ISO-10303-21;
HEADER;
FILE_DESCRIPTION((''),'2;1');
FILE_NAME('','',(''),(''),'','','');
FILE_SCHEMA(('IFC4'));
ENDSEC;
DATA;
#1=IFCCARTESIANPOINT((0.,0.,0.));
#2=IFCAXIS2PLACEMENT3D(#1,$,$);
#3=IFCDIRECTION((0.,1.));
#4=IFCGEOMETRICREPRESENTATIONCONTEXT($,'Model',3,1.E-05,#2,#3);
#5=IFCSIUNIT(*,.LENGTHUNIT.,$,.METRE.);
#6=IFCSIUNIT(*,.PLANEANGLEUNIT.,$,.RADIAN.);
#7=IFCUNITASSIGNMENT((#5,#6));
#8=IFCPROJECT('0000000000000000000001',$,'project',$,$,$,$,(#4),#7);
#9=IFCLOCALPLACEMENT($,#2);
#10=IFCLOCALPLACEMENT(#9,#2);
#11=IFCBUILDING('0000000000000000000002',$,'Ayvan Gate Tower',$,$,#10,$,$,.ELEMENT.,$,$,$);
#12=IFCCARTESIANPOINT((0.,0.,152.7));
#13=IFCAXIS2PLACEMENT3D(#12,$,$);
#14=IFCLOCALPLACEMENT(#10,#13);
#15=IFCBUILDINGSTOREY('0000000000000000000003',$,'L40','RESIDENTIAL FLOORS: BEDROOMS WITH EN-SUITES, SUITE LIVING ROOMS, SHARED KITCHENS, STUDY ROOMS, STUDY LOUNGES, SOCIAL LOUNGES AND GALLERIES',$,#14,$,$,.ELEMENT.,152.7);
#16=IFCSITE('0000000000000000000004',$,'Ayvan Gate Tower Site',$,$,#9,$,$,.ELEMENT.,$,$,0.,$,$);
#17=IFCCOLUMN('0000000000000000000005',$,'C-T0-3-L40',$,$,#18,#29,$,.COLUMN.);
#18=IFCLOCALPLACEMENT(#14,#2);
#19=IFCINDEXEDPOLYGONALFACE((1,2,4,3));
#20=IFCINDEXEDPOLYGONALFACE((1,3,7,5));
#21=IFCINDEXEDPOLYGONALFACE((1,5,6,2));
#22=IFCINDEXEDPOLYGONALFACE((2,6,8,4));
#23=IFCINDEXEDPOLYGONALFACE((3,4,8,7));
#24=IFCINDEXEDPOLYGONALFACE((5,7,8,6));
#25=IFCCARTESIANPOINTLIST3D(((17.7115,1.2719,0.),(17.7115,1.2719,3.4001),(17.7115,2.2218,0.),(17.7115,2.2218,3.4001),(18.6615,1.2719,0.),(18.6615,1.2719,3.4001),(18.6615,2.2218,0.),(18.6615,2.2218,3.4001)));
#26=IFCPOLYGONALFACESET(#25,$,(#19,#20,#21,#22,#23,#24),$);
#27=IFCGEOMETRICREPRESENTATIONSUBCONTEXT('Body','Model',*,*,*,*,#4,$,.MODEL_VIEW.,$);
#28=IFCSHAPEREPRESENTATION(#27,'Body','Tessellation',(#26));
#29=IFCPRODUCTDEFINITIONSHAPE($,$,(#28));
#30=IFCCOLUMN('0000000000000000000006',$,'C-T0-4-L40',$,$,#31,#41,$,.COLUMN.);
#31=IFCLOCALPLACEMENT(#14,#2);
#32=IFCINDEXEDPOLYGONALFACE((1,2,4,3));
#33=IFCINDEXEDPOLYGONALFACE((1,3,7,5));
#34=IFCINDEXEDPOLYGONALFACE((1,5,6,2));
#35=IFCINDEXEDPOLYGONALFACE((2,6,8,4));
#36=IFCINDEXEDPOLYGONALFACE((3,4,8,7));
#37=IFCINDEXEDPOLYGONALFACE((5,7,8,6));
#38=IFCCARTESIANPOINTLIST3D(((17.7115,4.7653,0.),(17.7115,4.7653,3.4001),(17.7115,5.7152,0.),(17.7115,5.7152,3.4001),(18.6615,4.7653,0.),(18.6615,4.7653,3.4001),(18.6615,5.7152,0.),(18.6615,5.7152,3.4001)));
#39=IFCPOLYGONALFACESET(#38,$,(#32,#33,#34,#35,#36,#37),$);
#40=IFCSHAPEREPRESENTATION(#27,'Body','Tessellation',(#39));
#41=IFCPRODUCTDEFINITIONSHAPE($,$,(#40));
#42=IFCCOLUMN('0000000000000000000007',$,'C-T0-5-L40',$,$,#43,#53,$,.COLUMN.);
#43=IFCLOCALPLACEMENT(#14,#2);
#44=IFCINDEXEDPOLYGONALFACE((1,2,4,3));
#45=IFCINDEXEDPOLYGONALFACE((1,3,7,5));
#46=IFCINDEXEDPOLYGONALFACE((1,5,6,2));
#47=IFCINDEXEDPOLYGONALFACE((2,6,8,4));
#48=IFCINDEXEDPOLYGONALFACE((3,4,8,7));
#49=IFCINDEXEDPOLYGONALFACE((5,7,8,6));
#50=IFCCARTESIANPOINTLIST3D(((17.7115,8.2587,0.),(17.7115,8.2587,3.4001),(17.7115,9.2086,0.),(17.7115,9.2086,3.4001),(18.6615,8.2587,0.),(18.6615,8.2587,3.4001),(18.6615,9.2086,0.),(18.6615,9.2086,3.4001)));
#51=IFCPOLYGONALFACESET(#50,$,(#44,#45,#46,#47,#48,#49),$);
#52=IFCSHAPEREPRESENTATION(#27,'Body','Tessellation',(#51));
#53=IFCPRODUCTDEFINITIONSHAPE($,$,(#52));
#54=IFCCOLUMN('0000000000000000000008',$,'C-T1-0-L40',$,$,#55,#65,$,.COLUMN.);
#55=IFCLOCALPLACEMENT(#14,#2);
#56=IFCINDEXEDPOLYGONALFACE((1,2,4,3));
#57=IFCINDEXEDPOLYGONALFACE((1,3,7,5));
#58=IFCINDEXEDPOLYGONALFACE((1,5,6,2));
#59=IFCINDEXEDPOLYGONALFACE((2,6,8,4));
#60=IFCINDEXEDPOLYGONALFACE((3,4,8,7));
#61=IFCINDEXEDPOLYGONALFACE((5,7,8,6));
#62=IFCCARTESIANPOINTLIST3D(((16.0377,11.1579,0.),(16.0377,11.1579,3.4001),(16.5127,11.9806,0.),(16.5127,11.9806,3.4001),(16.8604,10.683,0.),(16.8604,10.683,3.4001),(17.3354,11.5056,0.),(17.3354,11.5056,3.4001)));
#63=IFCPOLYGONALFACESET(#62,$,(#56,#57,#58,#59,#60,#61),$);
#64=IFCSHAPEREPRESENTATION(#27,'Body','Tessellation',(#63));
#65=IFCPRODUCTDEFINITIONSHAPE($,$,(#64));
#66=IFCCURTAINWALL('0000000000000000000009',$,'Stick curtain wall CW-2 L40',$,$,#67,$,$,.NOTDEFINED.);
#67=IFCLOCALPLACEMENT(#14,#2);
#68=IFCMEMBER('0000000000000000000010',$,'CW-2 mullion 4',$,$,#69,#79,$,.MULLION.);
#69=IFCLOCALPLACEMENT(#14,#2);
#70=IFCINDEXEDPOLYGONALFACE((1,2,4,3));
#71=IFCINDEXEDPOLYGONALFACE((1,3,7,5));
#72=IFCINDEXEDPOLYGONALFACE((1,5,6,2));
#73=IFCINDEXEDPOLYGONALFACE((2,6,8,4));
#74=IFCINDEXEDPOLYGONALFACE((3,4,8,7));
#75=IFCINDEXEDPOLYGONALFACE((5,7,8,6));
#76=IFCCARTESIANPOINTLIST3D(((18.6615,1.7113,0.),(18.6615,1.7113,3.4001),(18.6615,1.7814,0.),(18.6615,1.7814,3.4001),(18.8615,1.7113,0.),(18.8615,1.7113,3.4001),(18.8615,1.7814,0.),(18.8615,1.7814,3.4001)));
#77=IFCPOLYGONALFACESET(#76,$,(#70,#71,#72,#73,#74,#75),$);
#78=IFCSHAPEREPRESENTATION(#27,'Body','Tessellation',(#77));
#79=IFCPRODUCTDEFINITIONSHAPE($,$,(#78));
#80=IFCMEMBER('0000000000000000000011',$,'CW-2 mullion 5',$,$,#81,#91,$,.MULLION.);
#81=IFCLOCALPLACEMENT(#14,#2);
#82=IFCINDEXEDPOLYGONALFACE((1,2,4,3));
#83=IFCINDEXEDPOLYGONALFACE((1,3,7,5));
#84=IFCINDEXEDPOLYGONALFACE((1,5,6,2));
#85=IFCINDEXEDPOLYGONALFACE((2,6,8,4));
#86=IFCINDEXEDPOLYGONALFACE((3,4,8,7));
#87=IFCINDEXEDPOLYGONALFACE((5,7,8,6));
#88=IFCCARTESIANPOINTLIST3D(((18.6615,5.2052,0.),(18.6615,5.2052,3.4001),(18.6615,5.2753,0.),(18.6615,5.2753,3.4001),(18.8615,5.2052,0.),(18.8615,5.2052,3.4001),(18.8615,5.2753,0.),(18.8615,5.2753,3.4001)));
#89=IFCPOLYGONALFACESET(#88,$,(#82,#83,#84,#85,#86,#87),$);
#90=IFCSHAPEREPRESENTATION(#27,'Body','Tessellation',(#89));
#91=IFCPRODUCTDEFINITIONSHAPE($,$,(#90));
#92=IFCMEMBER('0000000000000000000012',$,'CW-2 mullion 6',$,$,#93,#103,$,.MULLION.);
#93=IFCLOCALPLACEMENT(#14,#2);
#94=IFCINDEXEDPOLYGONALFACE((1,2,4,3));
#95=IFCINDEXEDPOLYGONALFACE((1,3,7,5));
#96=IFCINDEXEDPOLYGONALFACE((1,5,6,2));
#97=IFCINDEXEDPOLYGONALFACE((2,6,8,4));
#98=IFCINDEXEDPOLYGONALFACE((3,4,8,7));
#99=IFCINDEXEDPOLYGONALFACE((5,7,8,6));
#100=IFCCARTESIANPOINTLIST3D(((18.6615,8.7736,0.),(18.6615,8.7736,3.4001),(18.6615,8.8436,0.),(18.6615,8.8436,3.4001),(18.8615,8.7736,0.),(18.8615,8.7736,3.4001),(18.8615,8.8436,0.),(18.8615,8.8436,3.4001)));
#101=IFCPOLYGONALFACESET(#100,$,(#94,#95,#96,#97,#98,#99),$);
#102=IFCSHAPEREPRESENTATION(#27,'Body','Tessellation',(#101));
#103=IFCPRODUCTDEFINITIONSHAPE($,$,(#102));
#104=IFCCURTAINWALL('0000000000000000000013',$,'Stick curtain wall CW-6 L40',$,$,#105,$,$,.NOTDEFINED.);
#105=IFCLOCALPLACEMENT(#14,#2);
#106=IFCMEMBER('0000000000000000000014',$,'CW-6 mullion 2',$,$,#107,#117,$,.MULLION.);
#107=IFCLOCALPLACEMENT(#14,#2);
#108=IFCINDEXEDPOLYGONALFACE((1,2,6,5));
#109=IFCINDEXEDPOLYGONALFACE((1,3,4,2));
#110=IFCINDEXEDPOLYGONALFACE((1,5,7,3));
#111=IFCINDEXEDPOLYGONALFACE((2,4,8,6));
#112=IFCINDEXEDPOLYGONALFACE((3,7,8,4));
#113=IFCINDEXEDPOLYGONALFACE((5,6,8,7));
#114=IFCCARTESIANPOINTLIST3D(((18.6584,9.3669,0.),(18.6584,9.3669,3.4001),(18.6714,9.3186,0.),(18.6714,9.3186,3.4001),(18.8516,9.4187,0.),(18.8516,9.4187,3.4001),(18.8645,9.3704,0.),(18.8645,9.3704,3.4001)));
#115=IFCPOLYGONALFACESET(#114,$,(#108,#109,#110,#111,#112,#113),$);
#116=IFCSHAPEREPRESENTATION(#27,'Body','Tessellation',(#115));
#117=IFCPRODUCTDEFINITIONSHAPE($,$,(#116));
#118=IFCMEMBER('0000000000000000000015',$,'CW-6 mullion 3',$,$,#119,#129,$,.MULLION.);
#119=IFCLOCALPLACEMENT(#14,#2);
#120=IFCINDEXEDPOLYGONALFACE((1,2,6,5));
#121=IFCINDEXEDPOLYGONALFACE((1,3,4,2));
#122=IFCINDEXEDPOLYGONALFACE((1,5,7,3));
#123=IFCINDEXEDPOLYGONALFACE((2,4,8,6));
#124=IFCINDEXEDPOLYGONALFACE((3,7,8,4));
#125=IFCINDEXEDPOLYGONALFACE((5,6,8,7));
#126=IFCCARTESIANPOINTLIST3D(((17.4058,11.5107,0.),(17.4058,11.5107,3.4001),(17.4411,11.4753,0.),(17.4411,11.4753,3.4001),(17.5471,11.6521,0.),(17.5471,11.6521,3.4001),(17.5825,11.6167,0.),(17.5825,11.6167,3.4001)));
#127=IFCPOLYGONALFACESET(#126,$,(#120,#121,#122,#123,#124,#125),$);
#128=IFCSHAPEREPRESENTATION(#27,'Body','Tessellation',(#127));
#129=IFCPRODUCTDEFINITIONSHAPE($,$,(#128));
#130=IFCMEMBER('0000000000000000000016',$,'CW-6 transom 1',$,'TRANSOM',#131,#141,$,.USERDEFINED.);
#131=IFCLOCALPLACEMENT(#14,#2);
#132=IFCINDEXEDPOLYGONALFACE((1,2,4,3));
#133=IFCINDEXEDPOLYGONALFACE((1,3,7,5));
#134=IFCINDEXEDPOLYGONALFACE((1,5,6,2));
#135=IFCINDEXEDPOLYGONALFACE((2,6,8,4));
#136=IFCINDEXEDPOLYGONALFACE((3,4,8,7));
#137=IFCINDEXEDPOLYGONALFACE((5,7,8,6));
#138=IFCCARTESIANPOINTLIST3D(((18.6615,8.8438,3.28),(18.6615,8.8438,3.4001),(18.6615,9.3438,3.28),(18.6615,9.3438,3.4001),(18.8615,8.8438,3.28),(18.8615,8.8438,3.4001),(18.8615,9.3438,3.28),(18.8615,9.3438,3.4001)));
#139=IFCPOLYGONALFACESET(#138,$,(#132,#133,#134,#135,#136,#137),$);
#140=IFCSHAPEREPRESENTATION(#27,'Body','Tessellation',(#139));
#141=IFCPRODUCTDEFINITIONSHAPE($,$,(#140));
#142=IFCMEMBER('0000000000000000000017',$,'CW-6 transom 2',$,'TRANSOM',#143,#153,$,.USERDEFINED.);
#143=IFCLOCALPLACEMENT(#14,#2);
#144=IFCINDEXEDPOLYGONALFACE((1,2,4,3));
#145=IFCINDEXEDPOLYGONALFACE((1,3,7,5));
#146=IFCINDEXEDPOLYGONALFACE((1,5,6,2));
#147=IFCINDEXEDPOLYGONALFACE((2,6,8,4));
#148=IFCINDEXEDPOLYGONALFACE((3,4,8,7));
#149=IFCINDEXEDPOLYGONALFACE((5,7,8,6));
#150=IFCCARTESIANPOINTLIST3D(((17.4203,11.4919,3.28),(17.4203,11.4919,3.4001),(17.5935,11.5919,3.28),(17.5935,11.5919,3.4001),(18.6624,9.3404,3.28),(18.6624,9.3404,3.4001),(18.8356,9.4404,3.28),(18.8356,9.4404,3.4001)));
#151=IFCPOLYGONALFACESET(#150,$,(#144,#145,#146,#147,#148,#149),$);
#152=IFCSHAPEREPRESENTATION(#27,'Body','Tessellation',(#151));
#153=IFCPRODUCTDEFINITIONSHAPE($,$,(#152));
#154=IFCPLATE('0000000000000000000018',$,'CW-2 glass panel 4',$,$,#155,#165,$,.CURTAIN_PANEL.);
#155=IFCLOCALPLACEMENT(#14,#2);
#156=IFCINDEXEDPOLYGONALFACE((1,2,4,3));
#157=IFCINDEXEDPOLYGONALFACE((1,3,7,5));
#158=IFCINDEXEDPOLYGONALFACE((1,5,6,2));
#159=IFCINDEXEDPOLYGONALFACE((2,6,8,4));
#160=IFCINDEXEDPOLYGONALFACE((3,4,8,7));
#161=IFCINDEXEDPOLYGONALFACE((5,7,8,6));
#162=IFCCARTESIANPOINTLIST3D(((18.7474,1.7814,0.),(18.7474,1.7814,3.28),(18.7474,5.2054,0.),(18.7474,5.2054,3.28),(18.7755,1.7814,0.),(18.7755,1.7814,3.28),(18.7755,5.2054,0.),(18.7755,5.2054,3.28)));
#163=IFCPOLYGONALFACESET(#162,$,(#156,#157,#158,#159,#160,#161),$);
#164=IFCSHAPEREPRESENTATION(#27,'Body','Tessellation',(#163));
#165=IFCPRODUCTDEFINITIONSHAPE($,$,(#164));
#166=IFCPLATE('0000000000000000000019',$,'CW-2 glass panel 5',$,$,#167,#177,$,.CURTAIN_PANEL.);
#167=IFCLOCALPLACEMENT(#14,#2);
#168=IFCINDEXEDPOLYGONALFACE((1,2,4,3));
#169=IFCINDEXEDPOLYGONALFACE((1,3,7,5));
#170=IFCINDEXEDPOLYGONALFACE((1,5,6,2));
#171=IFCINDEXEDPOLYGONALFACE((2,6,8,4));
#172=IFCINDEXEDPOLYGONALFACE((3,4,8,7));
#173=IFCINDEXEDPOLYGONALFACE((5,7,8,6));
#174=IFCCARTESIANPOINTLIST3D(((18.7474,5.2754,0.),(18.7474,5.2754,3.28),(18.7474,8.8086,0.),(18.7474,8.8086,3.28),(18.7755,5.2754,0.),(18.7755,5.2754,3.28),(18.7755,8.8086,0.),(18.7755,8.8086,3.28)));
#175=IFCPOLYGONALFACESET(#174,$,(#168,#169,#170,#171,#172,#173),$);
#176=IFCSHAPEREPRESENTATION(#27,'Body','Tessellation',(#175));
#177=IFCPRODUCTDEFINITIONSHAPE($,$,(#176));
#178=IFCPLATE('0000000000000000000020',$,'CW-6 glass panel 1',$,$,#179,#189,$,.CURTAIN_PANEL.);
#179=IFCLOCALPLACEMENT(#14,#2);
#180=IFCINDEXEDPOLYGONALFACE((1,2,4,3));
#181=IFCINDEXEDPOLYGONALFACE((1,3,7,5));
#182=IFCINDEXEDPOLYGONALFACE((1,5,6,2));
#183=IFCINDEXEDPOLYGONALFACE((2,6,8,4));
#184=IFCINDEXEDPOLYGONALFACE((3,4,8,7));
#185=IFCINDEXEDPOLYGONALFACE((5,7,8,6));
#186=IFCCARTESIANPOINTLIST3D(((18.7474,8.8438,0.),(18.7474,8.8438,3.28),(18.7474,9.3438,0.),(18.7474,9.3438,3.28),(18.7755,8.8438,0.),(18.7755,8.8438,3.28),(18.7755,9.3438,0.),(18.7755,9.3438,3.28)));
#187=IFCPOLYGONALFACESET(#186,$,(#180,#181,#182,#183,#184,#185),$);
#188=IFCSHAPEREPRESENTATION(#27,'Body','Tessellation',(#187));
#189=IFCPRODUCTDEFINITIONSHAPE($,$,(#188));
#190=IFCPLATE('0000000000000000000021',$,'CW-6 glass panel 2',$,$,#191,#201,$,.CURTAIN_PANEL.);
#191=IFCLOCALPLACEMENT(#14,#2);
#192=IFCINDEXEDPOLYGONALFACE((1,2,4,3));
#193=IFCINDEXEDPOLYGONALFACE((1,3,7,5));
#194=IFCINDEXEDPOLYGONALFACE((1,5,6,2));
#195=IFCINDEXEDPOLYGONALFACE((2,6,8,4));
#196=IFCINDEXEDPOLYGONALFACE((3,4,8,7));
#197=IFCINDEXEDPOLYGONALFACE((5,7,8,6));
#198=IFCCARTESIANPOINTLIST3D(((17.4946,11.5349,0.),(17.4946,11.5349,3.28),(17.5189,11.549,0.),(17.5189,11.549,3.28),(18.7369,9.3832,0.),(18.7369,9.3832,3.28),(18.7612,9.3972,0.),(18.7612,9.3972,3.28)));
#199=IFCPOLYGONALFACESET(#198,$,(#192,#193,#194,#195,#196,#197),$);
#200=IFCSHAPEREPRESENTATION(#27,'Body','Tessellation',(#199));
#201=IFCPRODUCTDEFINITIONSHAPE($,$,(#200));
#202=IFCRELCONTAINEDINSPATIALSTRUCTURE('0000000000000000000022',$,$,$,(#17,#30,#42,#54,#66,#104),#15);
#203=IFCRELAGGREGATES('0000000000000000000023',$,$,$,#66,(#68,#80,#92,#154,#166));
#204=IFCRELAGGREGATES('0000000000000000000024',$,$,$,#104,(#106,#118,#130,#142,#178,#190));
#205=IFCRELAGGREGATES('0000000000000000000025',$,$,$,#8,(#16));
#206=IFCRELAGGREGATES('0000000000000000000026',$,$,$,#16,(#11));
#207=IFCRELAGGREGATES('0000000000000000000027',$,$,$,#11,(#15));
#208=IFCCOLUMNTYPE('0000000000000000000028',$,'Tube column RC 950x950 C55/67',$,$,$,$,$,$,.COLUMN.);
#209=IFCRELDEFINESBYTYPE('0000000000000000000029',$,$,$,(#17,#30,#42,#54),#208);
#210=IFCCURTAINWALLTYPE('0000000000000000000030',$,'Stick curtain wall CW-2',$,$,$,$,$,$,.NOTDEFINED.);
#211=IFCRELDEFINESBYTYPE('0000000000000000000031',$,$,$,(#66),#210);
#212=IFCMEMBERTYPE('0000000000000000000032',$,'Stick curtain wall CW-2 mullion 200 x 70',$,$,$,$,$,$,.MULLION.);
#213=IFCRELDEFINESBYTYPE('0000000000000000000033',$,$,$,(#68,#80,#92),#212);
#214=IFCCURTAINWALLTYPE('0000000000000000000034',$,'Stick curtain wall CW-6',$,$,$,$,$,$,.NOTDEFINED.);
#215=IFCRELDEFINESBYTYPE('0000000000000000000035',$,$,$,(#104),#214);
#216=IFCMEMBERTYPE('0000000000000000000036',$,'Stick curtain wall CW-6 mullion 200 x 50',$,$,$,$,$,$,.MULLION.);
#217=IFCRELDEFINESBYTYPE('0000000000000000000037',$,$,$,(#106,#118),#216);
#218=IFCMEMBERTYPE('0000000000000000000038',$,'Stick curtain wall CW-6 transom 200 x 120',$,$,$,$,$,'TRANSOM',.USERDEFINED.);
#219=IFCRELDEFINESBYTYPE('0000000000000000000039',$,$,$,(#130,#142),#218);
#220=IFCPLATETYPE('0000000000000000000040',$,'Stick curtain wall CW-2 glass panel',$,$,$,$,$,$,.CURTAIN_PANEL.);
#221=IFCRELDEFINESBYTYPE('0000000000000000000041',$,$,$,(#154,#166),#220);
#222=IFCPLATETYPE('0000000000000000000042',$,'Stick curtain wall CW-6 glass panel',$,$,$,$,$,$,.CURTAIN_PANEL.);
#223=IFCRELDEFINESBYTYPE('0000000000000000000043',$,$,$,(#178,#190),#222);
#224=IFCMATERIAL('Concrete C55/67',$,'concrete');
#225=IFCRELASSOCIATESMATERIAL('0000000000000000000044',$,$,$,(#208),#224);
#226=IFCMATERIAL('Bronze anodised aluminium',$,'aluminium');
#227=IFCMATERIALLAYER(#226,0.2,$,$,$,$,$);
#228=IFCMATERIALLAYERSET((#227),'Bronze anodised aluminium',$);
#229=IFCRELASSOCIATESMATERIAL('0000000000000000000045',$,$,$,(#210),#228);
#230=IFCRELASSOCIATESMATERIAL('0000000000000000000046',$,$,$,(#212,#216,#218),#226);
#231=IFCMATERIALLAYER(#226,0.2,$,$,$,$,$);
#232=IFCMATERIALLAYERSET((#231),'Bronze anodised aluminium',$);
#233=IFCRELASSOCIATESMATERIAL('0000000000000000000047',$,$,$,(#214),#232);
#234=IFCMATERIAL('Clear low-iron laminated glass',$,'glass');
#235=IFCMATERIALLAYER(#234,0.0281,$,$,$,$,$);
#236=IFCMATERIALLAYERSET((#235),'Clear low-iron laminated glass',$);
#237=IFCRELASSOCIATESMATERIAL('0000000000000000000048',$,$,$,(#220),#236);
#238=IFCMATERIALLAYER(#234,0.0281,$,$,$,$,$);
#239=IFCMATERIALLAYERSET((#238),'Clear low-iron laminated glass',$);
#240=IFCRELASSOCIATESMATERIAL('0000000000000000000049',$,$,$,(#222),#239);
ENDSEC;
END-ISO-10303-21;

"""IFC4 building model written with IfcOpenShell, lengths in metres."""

from ifc_helpers import new_model, si_unit, direction, frame, origin, origin_2d, place, context, subcontext, project, spatial, rectangle, extrude, material, layer, layer_set, material_profile, profile_set, type_object, element, aggregate, save


model = new_model("IFC4")

# Units and contexts
model_context = context("Model", 3, precision=1e-05, world=origin(), true_north=direction((0.0, 1.0)))
body_context = subcontext(model_context, "Body", "Model", "MODEL_VIEW")
ifc_project = project(units=[si_unit("LENGTHUNIT", "METRE"), si_unit("PLANEANGLEUNIT", "RADIAN")], contexts=[model_context])

# Site, building, storey
site_placement = place(None, origin())
site = spatial("IfcSite", under=ifc_project, at=site_placement, Name="Ayvan Gate Tower Site", CompositionType="ELEMENT", RefElevation=0.0)
building_placement = place(site_placement, origin())
building = spatial("IfcBuilding", under=site, at=building_placement, Name="Ayvan Gate Tower", CompositionType="ELEMENT")
storey_placement = place(building_placement, frame((0.0, 0.0, 152.7)))
storey = spatial("IfcBuildingStorey", under=building, at=storey_placement, Name="L40", Description="RESIDENTIAL FLOORS: BEDROOMS WITH EN-SUITES, SUITE LIVING ROOMS, SHARED KITCHENS, STUDY ROOMS, STUDY LOUNGES, SOCIAL LOUNGES AND GALLERIES", CompositionType="ELEMENT", Elevation=152.7)

# Columns
ifc_material_1 = material(Name="Concrete C55/67", Category="concrete")
ifc_material_profile_1 = material_profile(ifc_material_1, rectangle(XDim=0.95, YDim=0.95, at=origin_2d()), Name="RC 950x950")
ifc_profile_set_1 = profile_set([ifc_material_profile_1], Name="Concrete C55/67")
column_type = type_object("IfcColumnType", Name="Tube column RC 950x950 C55/67", PredefinedType="COLUMN", material=ifc_profile_set_1)
for number, where, z_axis, x_axis, name in (
    (1, (18.1865, 1.7468, 0.0), (0.0, 0.0, 1.0), (1.0, 0.0, 0.0), "C-T0-3-L40"),
    (2, (18.1865, 5.2402, 0.0), (0.0, 0.0, 1.0), (1.0, 0.0, 0.0), "C-T0-4-L40"),
    (3, (18.1865, 8.7336, 0.0), (0.0, 0.0, 1.0), (1.0, 0.0, 0.0), "C-T0-5-L40"),
    (4, (16.6865, 11.3318, 0.0), (0.0, 0.0, 1.0), (0.5, 0.866025, 0.0), "C-T1-0-L40"),
):
    element("IfcColumn", number, at=place(storey_placement, frame(where, z_axis=z_axis, x_axis=x_axis)), inside=storey, type_object=column_type, Name=name, PredefinedType="COLUMN", context=body_context, shape_type="SweptSolid", body=[
        extrude(rectangle(XDim=0.95, YDim=0.95, at=origin_2d()), origin(), (0.0, 0.0, 1.0), 3.4001),
    ])

# Curtain walls, members
ifc_material_2 = material(Name="Bronze anodised aluminium", Category="aluminium")
ifc_layer_1 = layer(ifc_material_2, 0.2)
ifc_layer_set_1 = layer_set([ifc_layer_1], Name="Bronze anodised aluminium")
curtain_wall_type_1 = type_object("IfcCurtainWallType", Name="Stick curtain wall CW-2", PredefinedType="NOTDEFINED", material=ifc_layer_set_1)
curtain_wall_1_placement = place(storey_placement, origin())
curtain_wall_1 = element("IfcCurtainWall", 5, at=curtain_wall_1_placement, inside=storey, type_object=curtain_wall_type_1, Name="Stick curtain wall CW-2 L40", PredefinedType="NOTDEFINED")
ifc_material_profile_2 = material_profile(ifc_material_2, rectangle(XDim=0.2, YDim=0.0701, at=origin_2d()), Name="Stick curtain wall CW-2 mullion 200 x 70")
ifc_profile_set_2 = profile_set([ifc_material_profile_2], Name="Bronze anodised aluminium")
member_type_1 = type_object("IfcMemberType", Name="Stick curtain wall CW-2 mullion 200 x 70", PredefinedType="MULLION", material=ifc_profile_set_2)
member_1_placement = place(storey_placement, frame((18.7615, 1.7463, 0.0), z_axis=(0.0, 0.0, 1.0), x_axis=(1.0, 0.0, 0.0)))
member_1 = element("IfcMember", 6, at=member_1_placement, type_object=member_type_1, Name="CW-2 mullion 4", PredefinedType="MULLION", context=body_context, shape_type="SweptSolid", body=[
    extrude(rectangle(XDim=0.2, YDim=0.0701, at=origin_2d()), origin(), (0.0, 0.0, 1.0), 3.4001),
])
member_2_placement = place(storey_placement, frame((18.7615, 5.2402, 0.0), z_axis=(0.0, 0.0, 1.0), x_axis=(1.0, 0.0, 0.0)))
member_2 = element("IfcMember", 7, at=member_2_placement, type_object=member_type_1, Name="CW-2 mullion 5", PredefinedType="MULLION", context=body_context, shape_type="SweptSolid", body=[
    extrude(rectangle(XDim=0.2, YDim=0.0701, at=origin_2d()), origin(), (0.0, 0.0, 1.0), 3.4001),
])
member_3_placement = place(storey_placement, frame((18.7615, 8.8086, 0.0), z_axis=(0.0, 0.0, 1.0), x_axis=(1.0, 0.0, 0.0)))
member_3 = element("IfcMember", 8, at=member_3_placement, type_object=member_type_1, Name="CW-2 mullion 6", PredefinedType="MULLION", context=body_context, shape_type="SweptSolid", body=[
    extrude(rectangle(XDim=0.2, YDim=0.0701, at=origin_2d()), origin(), (0.0, 0.0, 1.0), 3.4001),
])
ifc_layer_2 = layer(ifc_material_2, 0.2)
ifc_layer_set_2 = layer_set([ifc_layer_2], Name="Bronze anodised aluminium")
curtain_wall_type_2 = type_object("IfcCurtainWallType", Name="Stick curtain wall CW-6", PredefinedType="NOTDEFINED", material=ifc_layer_set_2)
curtain_wall_2_placement = place(storey_placement, origin())
curtain_wall_2 = element("IfcCurtainWall", 9, at=curtain_wall_2_placement, inside=storey, type_object=curtain_wall_type_2, Name="Stick curtain wall CW-6 L40", PredefinedType="NOTDEFINED")
ifc_material_profile_3 = material_profile(ifc_material_2, rectangle(XDim=0.2, YDim=0.05, at=origin_2d()), Name="Stick curtain wall CW-6 mullion 200 x 50")
ifc_profile_set_3 = profile_set([ifc_material_profile_3], Name="Bronze anodised aluminium")
member_type_2 = type_object("IfcMemberType", Name="Stick curtain wall CW-6 mullion 200 x 50", PredefinedType="MULLION", material=ifc_profile_set_3)
member_4_placement = place(storey_placement, frame((18.7615, 9.3687, 0.0), z_axis=(0.0, 0.0, 1.0), x_axis=(0.965926, 0.258819, 0.0)))
member_4 = element("IfcMember", 10, at=member_4_placement, type_object=member_type_2, Name="CW-6 mullion 2", PredefinedType="MULLION", context=body_context, shape_type="SweptSolid", body=[
    extrude(rectangle(XDim=0.2, YDim=0.05, at=origin_2d()), origin(), (0.0, 0.0, 1.0), 3.4001),
])
member_5_placement = place(storey_placement, frame((17.4941, 11.5637, 0.0), z_axis=(0.0, 0.0, 1.0), x_axis=(0.707107, 0.707107, 0.0)))
member_5 = element("IfcMember", 11, at=member_5_placement, type_object=member_type_2, Name="CW-6 mullion 3", PredefinedType="MULLION", context=body_context, shape_type="SweptSolid", body=[
    extrude(rectangle(XDim=0.2, YDim=0.05, at=origin_2d()), origin(), (0.0, 0.0, 1.0), 3.4001),
])
ifc_material_profile_4 = material_profile(ifc_material_2, rectangle(XDim=0.2, YDim=0.1201, at=origin_2d()), Name="Stick curtain wall CW-6 transom 200 x 120")
ifc_profile_set_4 = profile_set([ifc_material_profile_4], Name="Bronze anodised aluminium")
member_type_3 = type_object("IfcMemberType", Name="Stick curtain wall CW-6 transom 200 x 120", ElementType="TRANSOM", PredefinedType="USERDEFINED", material=ifc_profile_set_4)
member_6_placement = place(storey_placement, frame((18.7615, 8.8438, 3.3401), z_axis=(0.0, 1.0, 0.0), x_axis=(-1.0, 0.0, 0.0)))
member_6 = element("IfcMember", 12, at=member_6_placement, type_object=member_type_3, Name="CW-6 transom 1", ObjectType="TRANSOM", PredefinedType="USERDEFINED", context=body_context, shape_type="SweptSolid", body=[
    extrude(rectangle(XDim=0.2, YDim=0.1201, at=origin_2d()), origin(), (0.0, 0.0, 1.0), 0.5),
])
member_7_placement = place(storey_placement, frame((18.749, 9.3904, 3.3401), z_axis=(-0.499986, 0.866033, 0.0), x_axis=(-0.866033, -0.499986, 0.0)))
member_7 = element("IfcMember", 13, at=member_7_placement, type_object=member_type_3, Name="CW-6 transom 2", ObjectType="TRANSOM", PredefinedType="USERDEFINED", context=body_context, shape_type="SweptSolid", body=[
    extrude(rectangle(XDim=0.2, YDim=0.1201, at=origin_2d()), origin(), (0.0, 0.0, 1.0), 2.4844),
])

# Plates
ifc_material_3 = material(Name="Clear low-iron laminated glass", Category="glass")
ifc_layer_3 = layer(ifc_material_3, 0.0281)
ifc_layer_set_3 = layer_set([ifc_layer_3], Name="Clear low-iron laminated glass")
plate_type_1 = type_object("IfcPlateType", Name="Stick curtain wall CW-2 glass panel", PredefinedType="CURTAIN_PANEL", material=ifc_layer_set_3)
plate_1_placement = place(storey_placement, frame((18.7615, 3.4934, 0.0), z_axis=(0.0, 0.0, 1.0), x_axis=(0.0, 1.0, 0.0)))
plate_1 = element("IfcPlate", 14, at=plate_1_placement, type_object=plate_type_1, Name="CW-2 glass panel 4", PredefinedType="CURTAIN_PANEL", context=body_context, shape_type="SweptSolid", body=[
    extrude(rectangle(XDim=3.4241, YDim=0.0281, at=origin_2d()), origin(), (0.0, 0.0, 1.0), 3.28),
])
plate_2_placement = place(storey_placement, frame((18.7615, 7.042, 0.0), z_axis=(0.0, 0.0, 1.0), x_axis=(0.0, 1.0, 0.0)))
plate_2 = element("IfcPlate", 15, at=plate_2_placement, type_object=plate_type_1, Name="CW-2 glass panel 5", PredefinedType="CURTAIN_PANEL", context=body_context, shape_type="SweptSolid", body=[
    extrude(rectangle(XDim=3.5332, YDim=0.0281, at=origin_2d()), origin(), (0.0, 0.0, 1.0), 3.28),
])
aggregate(curtain_wall_1, [member_1, member_2, member_3, plate_1, plate_2])
ifc_layer_4 = layer(ifc_material_3, 0.0281)
ifc_layer_set_4 = layer_set([ifc_layer_4], Name="Clear low-iron laminated glass")
plate_type_2 = type_object("IfcPlateType", Name="Stick curtain wall CW-6 glass panel", PredefinedType="CURTAIN_PANEL", material=ifc_layer_set_4)
plate_3_placement = place(storey_placement, frame((18.7615, 9.0938, 0.0), z_axis=(0.0, 0.0, 1.0), x_axis=(0.0, 1.0, 0.0)))
plate_3 = element("IfcPlate", 16, at=plate_3_placement, type_object=plate_type_2, Name="CW-6 glass panel 1", PredefinedType="CURTAIN_PANEL", context=body_context, shape_type="SweptSolid", body=[
    extrude(rectangle(XDim=0.5, YDim=0.0281, at=origin_2d()), origin(), (0.0, 0.0, 1.0), 3.28),
])
plate_4_placement = place(storey_placement, frame((18.1279, 10.4661, 0.0), z_axis=(0.0, 0.0, 1.0), x_axis=(-0.5, 0.866025, 0.0)))
plate_4 = element("IfcPlate", 17, at=plate_4_placement, type_object=plate_type_2, Name="CW-6 glass panel 2", PredefinedType="CURTAIN_PANEL", context=body_context, shape_type="SweptSolid", body=[
    extrude(rectangle(XDim=2.4846, YDim=0.0281, at=origin_2d()), origin(), (0.0, 0.0, 1.0), 3.28),
])
aggregate(curtain_wall_2, [member_4, member_5, member_6, member_7, plate_3, plate_4])

save(model, "model.ifc")
